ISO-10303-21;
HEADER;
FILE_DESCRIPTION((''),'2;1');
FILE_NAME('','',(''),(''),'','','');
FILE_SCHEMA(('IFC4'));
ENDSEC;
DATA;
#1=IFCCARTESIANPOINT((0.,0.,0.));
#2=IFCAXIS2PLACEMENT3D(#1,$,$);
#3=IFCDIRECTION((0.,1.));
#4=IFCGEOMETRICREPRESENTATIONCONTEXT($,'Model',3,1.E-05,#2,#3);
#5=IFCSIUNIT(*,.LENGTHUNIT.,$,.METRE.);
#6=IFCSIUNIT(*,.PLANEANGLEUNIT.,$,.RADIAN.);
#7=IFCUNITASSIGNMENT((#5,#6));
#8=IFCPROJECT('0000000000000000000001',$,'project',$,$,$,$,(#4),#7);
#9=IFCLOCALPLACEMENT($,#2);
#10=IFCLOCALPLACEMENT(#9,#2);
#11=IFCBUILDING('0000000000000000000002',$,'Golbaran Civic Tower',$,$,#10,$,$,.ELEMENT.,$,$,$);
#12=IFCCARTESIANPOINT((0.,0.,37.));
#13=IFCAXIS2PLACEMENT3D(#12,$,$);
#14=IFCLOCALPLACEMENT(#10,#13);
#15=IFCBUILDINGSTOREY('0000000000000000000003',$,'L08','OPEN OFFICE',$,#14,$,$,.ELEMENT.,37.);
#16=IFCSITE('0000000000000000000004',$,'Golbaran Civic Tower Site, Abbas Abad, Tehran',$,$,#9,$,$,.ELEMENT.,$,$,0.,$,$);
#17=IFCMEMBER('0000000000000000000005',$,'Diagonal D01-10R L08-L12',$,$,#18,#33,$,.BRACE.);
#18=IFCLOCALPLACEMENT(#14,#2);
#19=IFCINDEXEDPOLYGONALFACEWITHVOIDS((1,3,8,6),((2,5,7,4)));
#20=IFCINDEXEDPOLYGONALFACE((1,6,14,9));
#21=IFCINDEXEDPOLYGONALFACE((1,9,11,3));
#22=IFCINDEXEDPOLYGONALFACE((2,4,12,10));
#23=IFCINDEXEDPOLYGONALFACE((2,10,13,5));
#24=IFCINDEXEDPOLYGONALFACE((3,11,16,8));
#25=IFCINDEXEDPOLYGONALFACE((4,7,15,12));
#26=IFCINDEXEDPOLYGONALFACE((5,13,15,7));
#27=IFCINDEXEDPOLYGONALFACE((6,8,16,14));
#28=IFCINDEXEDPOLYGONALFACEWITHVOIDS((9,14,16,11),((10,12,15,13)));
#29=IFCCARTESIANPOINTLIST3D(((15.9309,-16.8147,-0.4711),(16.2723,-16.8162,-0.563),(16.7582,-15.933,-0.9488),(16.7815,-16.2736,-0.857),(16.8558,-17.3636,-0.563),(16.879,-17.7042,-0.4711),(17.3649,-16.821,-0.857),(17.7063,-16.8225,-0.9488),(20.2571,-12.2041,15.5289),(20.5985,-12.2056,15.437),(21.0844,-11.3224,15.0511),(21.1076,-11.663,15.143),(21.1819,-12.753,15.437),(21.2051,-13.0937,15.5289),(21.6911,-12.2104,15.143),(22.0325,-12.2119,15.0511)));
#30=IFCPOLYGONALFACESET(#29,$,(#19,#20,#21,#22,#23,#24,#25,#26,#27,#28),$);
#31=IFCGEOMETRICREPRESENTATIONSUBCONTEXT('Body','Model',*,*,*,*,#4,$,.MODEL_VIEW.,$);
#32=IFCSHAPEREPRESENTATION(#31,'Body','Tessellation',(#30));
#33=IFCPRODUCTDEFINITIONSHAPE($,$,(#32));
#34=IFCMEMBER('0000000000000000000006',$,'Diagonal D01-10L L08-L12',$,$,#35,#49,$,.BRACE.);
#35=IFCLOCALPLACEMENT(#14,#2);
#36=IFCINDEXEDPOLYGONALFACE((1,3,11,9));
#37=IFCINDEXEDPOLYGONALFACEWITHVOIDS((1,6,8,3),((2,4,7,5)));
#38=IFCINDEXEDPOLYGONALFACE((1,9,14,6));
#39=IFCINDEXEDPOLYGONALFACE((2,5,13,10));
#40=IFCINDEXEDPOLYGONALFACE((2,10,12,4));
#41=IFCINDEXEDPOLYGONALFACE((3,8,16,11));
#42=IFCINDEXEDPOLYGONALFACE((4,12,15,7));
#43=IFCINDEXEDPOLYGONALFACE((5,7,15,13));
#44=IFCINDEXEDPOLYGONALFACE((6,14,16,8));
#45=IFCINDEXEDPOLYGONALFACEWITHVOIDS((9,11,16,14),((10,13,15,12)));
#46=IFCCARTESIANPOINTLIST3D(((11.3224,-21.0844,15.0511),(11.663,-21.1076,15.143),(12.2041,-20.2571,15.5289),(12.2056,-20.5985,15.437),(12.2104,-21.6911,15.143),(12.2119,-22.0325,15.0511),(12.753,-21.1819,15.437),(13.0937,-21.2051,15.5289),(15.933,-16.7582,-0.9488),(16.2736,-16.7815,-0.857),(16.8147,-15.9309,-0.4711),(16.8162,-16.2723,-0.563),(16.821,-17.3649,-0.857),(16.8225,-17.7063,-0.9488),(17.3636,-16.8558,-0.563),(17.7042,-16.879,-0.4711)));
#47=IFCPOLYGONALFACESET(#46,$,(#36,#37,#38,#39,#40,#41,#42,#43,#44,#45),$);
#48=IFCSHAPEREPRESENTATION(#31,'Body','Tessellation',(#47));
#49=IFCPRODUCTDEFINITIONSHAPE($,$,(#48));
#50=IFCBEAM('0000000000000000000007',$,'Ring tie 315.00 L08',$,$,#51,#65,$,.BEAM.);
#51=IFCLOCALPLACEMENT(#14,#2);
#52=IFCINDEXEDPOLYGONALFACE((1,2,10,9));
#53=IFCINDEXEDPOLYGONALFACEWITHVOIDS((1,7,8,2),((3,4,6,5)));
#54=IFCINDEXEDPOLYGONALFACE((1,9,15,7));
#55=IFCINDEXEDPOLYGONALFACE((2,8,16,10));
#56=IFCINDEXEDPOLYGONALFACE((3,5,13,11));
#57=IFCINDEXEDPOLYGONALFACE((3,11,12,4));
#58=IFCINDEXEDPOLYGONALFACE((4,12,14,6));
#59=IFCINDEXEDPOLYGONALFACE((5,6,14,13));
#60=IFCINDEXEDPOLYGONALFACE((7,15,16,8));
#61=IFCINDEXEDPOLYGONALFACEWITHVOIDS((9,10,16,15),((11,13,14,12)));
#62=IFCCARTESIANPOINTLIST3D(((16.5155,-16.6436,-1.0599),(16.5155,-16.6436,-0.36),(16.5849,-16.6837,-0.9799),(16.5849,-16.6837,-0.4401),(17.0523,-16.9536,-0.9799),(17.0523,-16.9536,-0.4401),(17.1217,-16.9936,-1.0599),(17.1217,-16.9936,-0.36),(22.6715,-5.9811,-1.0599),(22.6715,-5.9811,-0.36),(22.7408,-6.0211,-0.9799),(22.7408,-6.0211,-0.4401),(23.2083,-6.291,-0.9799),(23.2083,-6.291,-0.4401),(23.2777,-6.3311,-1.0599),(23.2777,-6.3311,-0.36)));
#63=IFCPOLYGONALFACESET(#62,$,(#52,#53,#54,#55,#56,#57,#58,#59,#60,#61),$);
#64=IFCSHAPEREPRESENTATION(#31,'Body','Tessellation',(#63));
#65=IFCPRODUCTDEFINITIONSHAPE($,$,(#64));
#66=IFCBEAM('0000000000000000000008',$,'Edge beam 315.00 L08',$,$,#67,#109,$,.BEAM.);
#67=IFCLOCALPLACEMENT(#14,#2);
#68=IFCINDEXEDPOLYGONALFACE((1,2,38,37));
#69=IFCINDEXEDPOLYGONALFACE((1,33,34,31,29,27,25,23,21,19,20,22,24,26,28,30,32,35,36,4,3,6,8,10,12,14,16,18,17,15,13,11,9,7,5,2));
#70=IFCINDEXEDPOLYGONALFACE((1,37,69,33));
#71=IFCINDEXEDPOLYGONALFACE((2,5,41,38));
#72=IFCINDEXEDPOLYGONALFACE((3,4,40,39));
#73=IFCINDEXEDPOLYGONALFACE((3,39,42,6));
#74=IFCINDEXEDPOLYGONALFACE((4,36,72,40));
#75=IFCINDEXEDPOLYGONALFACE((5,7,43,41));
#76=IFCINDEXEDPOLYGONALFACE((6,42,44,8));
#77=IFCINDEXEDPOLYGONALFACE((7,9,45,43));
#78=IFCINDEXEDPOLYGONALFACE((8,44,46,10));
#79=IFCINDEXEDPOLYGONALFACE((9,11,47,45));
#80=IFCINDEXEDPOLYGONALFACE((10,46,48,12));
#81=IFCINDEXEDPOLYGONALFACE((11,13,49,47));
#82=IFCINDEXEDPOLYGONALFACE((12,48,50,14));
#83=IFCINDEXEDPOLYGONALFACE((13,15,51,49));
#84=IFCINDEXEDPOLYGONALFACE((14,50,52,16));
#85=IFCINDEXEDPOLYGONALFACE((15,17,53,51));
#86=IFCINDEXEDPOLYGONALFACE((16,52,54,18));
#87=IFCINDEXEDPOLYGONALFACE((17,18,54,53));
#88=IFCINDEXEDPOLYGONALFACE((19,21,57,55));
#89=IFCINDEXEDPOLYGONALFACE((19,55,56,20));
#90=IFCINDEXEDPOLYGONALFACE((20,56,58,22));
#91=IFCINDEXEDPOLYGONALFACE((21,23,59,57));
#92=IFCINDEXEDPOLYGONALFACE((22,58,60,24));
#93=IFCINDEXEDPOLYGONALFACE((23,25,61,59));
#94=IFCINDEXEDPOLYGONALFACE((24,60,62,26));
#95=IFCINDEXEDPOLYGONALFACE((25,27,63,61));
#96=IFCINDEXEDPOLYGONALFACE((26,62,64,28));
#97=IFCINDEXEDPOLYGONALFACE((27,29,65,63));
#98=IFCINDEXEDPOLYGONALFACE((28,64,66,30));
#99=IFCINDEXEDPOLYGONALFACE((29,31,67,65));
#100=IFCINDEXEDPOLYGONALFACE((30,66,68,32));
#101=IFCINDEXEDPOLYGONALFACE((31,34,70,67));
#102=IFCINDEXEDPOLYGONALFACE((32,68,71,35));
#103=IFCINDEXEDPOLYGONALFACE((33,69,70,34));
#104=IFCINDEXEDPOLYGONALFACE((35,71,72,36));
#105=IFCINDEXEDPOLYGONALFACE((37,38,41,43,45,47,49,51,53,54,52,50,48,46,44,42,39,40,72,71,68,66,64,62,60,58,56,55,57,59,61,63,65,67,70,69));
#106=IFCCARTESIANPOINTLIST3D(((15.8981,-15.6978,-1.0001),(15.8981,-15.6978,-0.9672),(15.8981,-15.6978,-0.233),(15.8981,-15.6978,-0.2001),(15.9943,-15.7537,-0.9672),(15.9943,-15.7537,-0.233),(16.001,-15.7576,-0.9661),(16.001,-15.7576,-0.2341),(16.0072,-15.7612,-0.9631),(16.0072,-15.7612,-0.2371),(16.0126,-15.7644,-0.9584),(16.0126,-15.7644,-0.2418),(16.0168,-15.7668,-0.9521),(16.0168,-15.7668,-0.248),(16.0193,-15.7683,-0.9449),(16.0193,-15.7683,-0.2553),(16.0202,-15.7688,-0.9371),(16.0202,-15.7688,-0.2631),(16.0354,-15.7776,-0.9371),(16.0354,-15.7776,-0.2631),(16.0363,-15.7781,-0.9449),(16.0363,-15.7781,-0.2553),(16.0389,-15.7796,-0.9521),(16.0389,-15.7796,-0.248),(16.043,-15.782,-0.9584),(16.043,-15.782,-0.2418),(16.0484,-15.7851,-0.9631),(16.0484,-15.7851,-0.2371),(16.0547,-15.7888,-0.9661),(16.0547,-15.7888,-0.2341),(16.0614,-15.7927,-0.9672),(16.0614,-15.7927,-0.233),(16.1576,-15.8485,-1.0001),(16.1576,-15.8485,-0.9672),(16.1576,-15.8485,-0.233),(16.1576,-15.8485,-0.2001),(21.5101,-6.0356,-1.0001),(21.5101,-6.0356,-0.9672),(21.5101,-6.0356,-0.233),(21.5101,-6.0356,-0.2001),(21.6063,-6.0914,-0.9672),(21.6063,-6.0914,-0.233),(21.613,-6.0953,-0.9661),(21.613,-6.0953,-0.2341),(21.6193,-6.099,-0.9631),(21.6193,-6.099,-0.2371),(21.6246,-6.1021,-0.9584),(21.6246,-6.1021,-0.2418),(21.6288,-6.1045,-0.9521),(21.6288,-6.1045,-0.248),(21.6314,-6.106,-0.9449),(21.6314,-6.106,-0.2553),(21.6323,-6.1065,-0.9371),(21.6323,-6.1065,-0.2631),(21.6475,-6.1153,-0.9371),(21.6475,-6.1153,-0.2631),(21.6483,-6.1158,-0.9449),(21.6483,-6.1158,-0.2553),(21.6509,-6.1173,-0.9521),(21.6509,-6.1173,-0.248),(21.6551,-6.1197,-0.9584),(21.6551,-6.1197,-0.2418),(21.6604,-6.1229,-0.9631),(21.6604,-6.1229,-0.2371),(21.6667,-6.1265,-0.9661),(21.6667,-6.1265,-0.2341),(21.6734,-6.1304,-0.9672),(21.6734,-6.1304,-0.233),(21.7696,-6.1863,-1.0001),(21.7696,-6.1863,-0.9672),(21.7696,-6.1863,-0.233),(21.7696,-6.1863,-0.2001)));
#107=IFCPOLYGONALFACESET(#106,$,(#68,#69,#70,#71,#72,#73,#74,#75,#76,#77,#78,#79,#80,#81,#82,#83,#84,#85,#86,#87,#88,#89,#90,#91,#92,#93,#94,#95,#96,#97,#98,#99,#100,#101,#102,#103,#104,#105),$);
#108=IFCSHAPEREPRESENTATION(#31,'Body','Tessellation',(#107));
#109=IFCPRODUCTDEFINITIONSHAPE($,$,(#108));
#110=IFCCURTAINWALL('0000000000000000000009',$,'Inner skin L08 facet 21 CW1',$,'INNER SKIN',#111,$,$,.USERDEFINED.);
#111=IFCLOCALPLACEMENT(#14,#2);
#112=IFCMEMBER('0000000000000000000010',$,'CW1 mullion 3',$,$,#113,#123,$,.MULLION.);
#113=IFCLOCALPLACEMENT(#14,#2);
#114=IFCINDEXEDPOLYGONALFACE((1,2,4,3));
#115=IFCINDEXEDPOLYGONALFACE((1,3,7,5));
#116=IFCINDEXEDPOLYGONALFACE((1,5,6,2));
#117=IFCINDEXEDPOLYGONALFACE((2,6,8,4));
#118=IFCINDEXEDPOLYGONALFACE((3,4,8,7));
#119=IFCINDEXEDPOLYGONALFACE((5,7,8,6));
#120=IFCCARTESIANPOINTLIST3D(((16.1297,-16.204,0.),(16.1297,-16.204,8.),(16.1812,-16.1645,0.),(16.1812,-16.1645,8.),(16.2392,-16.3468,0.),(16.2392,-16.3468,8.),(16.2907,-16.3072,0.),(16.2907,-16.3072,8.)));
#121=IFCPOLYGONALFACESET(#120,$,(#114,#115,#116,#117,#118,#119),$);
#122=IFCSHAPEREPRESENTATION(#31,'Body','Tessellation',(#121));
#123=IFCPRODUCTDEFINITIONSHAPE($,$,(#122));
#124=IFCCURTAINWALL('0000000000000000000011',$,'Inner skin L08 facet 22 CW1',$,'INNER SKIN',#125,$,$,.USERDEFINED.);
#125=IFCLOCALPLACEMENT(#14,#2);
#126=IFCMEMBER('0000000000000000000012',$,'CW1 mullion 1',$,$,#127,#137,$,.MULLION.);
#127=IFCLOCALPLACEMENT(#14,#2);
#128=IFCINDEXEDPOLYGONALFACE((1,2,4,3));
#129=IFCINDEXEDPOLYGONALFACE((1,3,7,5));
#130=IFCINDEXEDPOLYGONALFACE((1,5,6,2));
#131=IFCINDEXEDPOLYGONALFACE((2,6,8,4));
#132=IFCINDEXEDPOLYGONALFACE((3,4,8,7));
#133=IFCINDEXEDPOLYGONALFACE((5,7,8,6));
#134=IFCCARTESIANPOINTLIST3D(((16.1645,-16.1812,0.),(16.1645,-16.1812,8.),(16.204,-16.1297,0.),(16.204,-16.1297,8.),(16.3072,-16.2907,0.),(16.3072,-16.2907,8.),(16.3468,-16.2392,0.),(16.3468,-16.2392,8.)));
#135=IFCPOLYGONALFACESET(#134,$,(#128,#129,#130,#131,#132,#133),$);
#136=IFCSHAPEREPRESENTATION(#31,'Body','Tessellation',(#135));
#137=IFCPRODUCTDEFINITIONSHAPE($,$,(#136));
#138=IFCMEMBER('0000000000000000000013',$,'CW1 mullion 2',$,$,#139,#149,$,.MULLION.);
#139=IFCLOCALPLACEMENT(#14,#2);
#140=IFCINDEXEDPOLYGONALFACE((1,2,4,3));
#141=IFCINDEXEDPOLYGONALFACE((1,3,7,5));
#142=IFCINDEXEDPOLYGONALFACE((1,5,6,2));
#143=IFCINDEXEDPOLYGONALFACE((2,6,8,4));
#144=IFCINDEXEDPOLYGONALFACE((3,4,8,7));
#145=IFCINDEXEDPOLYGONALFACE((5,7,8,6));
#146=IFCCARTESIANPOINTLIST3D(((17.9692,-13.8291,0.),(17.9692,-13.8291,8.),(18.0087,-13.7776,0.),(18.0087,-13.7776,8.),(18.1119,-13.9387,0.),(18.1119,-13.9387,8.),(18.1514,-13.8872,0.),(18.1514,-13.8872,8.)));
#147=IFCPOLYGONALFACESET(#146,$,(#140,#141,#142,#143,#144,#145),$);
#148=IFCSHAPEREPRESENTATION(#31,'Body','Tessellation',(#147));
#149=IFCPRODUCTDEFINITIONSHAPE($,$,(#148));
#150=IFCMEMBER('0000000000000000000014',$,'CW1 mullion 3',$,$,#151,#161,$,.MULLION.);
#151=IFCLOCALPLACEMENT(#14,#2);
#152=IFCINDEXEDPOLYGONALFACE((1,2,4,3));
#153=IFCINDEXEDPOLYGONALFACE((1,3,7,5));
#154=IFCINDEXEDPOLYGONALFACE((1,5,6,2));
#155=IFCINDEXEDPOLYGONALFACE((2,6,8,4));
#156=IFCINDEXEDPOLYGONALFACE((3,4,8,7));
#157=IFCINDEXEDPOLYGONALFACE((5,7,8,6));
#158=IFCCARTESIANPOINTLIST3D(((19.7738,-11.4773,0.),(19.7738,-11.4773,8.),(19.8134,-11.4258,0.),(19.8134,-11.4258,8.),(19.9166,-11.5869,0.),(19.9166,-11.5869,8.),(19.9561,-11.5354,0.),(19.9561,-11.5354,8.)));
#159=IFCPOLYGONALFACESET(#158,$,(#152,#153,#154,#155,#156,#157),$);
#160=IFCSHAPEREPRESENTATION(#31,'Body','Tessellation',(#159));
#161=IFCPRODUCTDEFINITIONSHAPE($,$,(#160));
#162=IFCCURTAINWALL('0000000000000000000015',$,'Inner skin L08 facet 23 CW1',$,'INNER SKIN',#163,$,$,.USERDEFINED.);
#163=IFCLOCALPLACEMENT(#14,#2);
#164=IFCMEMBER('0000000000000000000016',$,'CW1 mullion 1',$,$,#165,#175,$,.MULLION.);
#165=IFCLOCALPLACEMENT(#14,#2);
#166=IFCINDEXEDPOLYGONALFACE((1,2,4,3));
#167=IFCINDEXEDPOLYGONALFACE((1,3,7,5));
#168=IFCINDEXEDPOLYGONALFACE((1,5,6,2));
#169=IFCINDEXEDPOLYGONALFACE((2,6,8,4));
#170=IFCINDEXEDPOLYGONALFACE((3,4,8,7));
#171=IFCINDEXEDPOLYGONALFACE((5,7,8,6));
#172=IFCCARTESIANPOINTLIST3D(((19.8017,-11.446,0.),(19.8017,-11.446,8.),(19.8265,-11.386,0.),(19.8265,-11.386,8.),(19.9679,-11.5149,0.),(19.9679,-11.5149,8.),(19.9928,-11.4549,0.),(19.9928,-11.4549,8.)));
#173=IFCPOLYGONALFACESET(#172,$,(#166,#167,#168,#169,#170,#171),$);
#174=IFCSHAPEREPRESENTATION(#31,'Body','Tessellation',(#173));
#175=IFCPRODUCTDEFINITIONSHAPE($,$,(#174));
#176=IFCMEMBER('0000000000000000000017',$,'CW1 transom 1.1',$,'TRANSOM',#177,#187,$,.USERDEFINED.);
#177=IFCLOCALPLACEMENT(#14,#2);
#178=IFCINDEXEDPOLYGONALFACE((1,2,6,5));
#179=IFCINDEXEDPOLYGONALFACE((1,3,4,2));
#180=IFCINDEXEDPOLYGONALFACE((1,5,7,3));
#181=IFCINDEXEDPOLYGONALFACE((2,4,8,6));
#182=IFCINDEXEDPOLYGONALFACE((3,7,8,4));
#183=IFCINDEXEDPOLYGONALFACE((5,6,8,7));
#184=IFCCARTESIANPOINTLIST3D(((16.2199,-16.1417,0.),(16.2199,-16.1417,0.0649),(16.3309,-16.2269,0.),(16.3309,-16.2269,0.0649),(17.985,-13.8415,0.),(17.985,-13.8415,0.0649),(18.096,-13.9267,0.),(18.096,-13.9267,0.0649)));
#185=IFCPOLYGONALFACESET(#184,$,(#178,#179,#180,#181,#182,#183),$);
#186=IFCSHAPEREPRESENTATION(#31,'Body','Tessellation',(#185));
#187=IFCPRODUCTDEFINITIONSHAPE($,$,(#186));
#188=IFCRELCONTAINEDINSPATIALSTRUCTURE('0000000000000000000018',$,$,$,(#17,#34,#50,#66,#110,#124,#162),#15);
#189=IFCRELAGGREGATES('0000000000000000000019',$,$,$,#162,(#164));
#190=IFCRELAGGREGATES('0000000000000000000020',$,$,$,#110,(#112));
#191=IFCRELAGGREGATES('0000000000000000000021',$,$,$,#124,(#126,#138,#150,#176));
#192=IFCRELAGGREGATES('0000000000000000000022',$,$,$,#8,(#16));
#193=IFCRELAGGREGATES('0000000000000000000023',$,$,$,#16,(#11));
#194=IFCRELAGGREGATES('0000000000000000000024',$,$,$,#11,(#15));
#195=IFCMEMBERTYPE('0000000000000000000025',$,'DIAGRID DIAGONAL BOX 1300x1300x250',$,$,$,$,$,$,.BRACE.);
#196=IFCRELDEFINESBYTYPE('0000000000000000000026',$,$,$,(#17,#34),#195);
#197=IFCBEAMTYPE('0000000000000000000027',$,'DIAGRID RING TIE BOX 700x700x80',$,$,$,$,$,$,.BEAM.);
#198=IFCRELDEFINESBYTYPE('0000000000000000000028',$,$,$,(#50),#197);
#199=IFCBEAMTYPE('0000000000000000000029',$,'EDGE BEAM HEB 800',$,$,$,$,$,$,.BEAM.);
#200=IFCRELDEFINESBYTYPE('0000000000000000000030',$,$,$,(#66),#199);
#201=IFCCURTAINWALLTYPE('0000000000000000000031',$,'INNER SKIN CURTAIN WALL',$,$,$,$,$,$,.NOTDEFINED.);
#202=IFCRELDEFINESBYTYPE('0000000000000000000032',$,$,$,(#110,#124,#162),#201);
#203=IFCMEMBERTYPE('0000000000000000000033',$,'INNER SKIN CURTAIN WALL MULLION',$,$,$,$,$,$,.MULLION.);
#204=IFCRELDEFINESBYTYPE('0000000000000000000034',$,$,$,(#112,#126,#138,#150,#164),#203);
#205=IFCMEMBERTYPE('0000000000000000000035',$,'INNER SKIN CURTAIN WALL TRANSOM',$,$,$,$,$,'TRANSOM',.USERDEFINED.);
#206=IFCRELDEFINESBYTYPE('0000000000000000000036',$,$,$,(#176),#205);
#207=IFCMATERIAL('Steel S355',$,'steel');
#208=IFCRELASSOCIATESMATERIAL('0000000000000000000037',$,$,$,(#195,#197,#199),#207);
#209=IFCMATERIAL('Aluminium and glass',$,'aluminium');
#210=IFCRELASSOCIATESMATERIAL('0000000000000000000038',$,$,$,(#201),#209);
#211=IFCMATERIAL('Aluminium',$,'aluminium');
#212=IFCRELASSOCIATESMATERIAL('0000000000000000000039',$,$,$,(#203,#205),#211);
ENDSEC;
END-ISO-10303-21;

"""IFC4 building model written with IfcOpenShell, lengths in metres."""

from ifc_helpers import new_model, si_unit, direction, frame, origin, origin_2d, place, context, subcontext, project, spatial, rectangle, hollow_rectangle, i_section, extrude, material, material_profile, profile_set, type_object, element, aggregate, save


model = new_model("IFC4")

# Units and contexts
model_context = context("Model", 3, precision=1e-05, world=origin(), true_north=direction((0.0, 1.0)))
body_context = subcontext(model_context, "Body", "Model", "MODEL_VIEW")
ifc_project = project(units=[si_unit("LENGTHUNIT", "METRE"), si_unit("PLANEANGLEUNIT", "RADIAN")], contexts=[model_context])

# Site, building, storey
site_placement = place(None, origin())
site = spatial("IfcSite", under=ifc_project, at=site_placement, Name="Golbaran Civic Tower Site, Abbas Abad, Tehran", CompositionType="ELEMENT", RefElevation=0.0)
building_placement = place(site_placement, origin())
building = spatial("IfcBuilding", under=site, at=building_placement, Name="Golbaran Civic Tower", CompositionType="ELEMENT")
storey_placement = place(building_placement, frame((0.0, 0.0, 37.0)))
storey = spatial("IfcBuildingStorey", under=building, at=storey_placement, Name="L08", Description="OPEN OFFICE", CompositionType="ELEMENT", Elevation=37.0)

# Members
ifc_material_1 = material(Name="Steel S355", Category="steel")
ifc_material_profile_1 = material_profile(ifc_material_1, hollow_rectangle(XDim=1.3, YDim=1.3, WallThickness=0.25, at=origin_2d()), Name="BOX 1300x1300x250")
ifc_profile_set_1 = profile_set([ifc_material_profile_1], Name="Steel S355")
member_type_1 = type_object("IfcMemberType", Name="DIAGRID DIAGONAL BOX 1300x1300x250", PredefinedType="BRACE", material=ifc_profile_set_1)
for number, where, z_axis, x_axis, name in (
    (1, (16.8186, -16.8186, -0.71), (0.251465, 0.267997, 0.930023), (-0.729242, 0.684256, 0.0), "Diagonal D01-10R L08-L12"),
    (2, (16.8186, -16.8186, -0.71), (-0.267997, -0.251465, 0.930023), (0.684256, -0.729242, 0.0), "Diagonal D01-10L L08-L12"),
):
    element("IfcMember", number, at=place(storey_placement, frame(where, z_axis=z_axis, x_axis=x_axis)), inside=storey, type_object=member_type_1, Name=name, PredefinedType="BRACE", context=body_context, shape_type="SweptSolid", body=[
        extrude(hollow_rectangle(XDim=1.3, YDim=1.3, WallThickness=0.25, at=origin_2d()), origin(), (0.0, 0.0, 1.0), 17.2039),
    ])

# Beams
ifc_material_profile_2 = material_profile(ifc_material_1, hollow_rectangle(XDim=0.7, YDim=0.7, WallThickness=0.0801, at=origin_2d()), Name="BOX 700x700x80")
ifc_profile_set_2 = profile_set([ifc_material_profile_2], Name="Steel S355")
beam_type_1 = type_object("IfcBeamType", Name="DIAGRID RING TIE BOX 700x700x80", PredefinedType="BEAM", material=ifc_profile_set_2)
beam_1_placement = place(storey_placement, frame((16.8186, -16.8186, -0.71), z_axis=(0.499997, 0.866027, 0.0), x_axis=(-0.866027, 0.499997, 0.0)))
element("IfcBeam", 3, at=beam_1_placement, inside=storey, type_object=beam_type_1, Name="Ring tie 315.00 L08", PredefinedType="BEAM", context=body_context, shape_type="SweptSolid", body=[
    extrude(hollow_rectangle(XDim=0.7, YDim=0.7, WallThickness=0.0801, at=origin_2d()), origin(), (0.0, 0.0, 1.0), 12.312),
])
ifc_material_profile_3 = material_profile(ifc_material_1, i_section(OverallWidth=0.3, OverallDepth=0.8, WebThickness=0.0176, FlangeThickness=0.033, FilletRadius=0.03, at=origin_2d()), Name="HEB 800")
ifc_profile_set_3 = profile_set([ifc_material_profile_3], Name="Steel S355")
beam_type_2 = type_object("IfcBeamType", Name="EDGE BEAM HEB 800", PredefinedType="BEAM", material=ifc_profile_set_3)
beam_2_placement = place(storey_placement, frame((16.0278, -15.7732, -0.6001), z_axis=(0.502247, 0.864724, 0.0), x_axis=(-0.864724, 0.502247, 0.0)))
element("IfcBeam", 4, at=beam_2_placement, inside=storey, type_object=beam_type_2, Name="Edge beam 315.00 L08", PredefinedType="BEAM", context=body_context, shape_type="SweptSolid", body=[
    extrude(i_section(OverallWidth=0.3, OverallDepth=0.8, WebThickness=0.0176, FlangeThickness=0.033, FilletRadius=0.03, at=origin_2d()), origin(), (0.0, 0.0, 1.0), 11.1738),
])

# Curtain wall, member
ifc_material_2 = material(Name="Aluminium and glass", Category="aluminium")
curtain_wall_type_1 = type_object("IfcCurtainWallType", Name="INNER SKIN CURTAIN WALL", PredefinedType="NOTDEFINED", material=ifc_material_2)
curtain_wall_1_placement = place(storey_placement, origin())
curtain_wall_1 = element("IfcCurtainWall", 5, at=curtain_wall_1_placement, inside=storey, type_object=curtain_wall_type_1, Name="Inner skin L08 facet 21 CW1", ObjectType="INNER SKIN", PredefinedType="USERDEFINED")
ifc_material_3 = material(Name="Aluminium", Category="aluminium")
ifc_material_profile_4 = material_profile(ifc_material_3, rectangle(XDim=0.1799, YDim=0.0649, at=origin_2d()), Name="INNER SKIN CURTAIN WALL MULLION")
ifc_profile_set_4 = profile_set([ifc_material_profile_4], Name="Aluminium")
member_type_2 = type_object("IfcMemberType", Name="INNER SKIN CURTAIN WALL MULLION", PredefinedType="MULLION", material=ifc_profile_set_4)
member_1_placement = place(storey_placement, frame((16.2102, -16.2556, 0.0), z_axis=(0.0, 0.0, 1.0), x_axis=(-0.608761, 0.793353, 0.0)))
member_1 = element("IfcMember", 6, at=member_1_placement, type_object=member_type_2, Name="CW1 mullion 3", PredefinedType="MULLION", context=body_context, shape_type="SweptSolid", body=[
    extrude(rectangle(XDim=0.1799, YDim=0.0649, at=origin_2d()), origin(), (0.0, 0.0, 1.0), 8.0),
])

# Curtain wall, members
curtain_wall_2_placement = place(storey_placement, origin())
curtain_wall_2 = element("IfcCurtainWall", 7, at=curtain_wall_2_placement, inside=storey, type_object=curtain_wall_type_1, Name="Inner skin L08 facet 22 CW1", ObjectType="INNER SKIN", PredefinedType="USERDEFINED")
member_2_placement = place(storey_placement, frame((16.2556, -16.2102, 0.0), z_axis=(0.0, 0.0, 1.0), x_axis=(-0.793353, 0.608761, 0.0)))
member_2 = element("IfcMember", 8, at=member_2_placement, type_object=member_type_2, Name="CW1 mullion 1", PredefinedType="MULLION", context=body_context, shape_type="SweptSolid", body=[
    extrude(rectangle(XDim=0.1799, YDim=0.0649, at=origin_2d()), origin(), (0.0, 0.0, 1.0), 8.0),
])
member_3_placement = place(storey_placement, frame((18.0603, -13.8582, 0.0), z_axis=(0.0, 0.0, 1.0), x_axis=(-0.793353, 0.608761, 0.0)))
member_3 = element("IfcMember", 9, at=member_3_placement, type_object=member_type_2, Name="CW1 mullion 2", PredefinedType="MULLION", context=body_context, shape_type="SweptSolid", body=[
    extrude(rectangle(XDim=0.1799, YDim=0.0649, at=origin_2d()), origin(), (0.0, 0.0, 1.0), 8.0),
])
member_4_placement = place(storey_placement, frame((19.865, -11.5063, 0.0), z_axis=(0.0, 0.0, 1.0), x_axis=(-0.793353, 0.608761, 0.0)))
member_4 = element("IfcMember", 10, at=member_4_placement, type_object=member_type_2, Name="CW1 mullion 3", PredefinedType="MULLION", context=body_context, shape_type="SweptSolid", body=[
    extrude(rectangle(XDim=0.1799, YDim=0.0649, at=origin_2d()), origin(), (0.0, 0.0, 1.0), 8.0),
])

# Curtain wall, member
curtain_wall_3_placement = place(storey_placement, origin())
curtain_wall_3 = element("IfcCurtainWall", 11, at=curtain_wall_3_placement, inside=storey, type_object=curtain_wall_type_1, Name="Inner skin L08 facet 23 CW1", ObjectType="INNER SKIN", PredefinedType="USERDEFINED")
member_5_placement = place(storey_placement, frame((19.8972, -11.4504, 0.0), z_axis=(0.0, 0.0, 1.0), x_axis=(-0.92388, 0.382683, 0.0)))
member_5 = element("IfcMember", 12, at=member_5_placement, type_object=member_type_2, Name="CW1 mullion 1", PredefinedType="MULLION", context=body_context, shape_type="SweptSolid", body=[
    extrude(rectangle(XDim=0.1799, YDim=0.0649, at=origin_2d()), origin(), (0.0, 0.0, 1.0), 8.0),
])

# Member
ifc_material_profile_5 = material_profile(ifc_material_3, rectangle(XDim=0.1399, YDim=0.0649, at=origin_2d()), Name="INNER SKIN CURTAIN WALL TRANSOM")
ifc_profile_set_5 = profile_set([ifc_material_profile_5], Name="Aluminium")
member_type_3 = type_object("IfcMemberType", Name="INNER SKIN CURTAIN WALL TRANSOM", ElementType="TRANSOM", PredefinedType="USERDEFINED", material=ifc_profile_set_5)
member_6_placement = place(storey_placement, frame((16.2754, -16.1843, 0.0325), z_axis=(0.608774, 0.793343, 0.0), x_axis=(-0.793343, 0.608774, 0.0)))
member_6 = element("IfcMember", 13, at=member_6_placement, type_object=member_type_3, Name="CW1 transom 1.1", ObjectType="TRANSOM", PredefinedType="USERDEFINED", context=body_context, shape_type="SweptSolid", body=[
    extrude(rectangle(XDim=0.1399, YDim=0.0649, at=origin_2d()), origin(), (0.0, 0.0, 1.0), 2.8994),
])
aggregate(curtain_wall_3, [member_5])

aggregate(curtain_wall_1, [member_1])
aggregate(curtain_wall_2, [member_2, member_3, member_4, member_6])

save(model, "model.ifc")
